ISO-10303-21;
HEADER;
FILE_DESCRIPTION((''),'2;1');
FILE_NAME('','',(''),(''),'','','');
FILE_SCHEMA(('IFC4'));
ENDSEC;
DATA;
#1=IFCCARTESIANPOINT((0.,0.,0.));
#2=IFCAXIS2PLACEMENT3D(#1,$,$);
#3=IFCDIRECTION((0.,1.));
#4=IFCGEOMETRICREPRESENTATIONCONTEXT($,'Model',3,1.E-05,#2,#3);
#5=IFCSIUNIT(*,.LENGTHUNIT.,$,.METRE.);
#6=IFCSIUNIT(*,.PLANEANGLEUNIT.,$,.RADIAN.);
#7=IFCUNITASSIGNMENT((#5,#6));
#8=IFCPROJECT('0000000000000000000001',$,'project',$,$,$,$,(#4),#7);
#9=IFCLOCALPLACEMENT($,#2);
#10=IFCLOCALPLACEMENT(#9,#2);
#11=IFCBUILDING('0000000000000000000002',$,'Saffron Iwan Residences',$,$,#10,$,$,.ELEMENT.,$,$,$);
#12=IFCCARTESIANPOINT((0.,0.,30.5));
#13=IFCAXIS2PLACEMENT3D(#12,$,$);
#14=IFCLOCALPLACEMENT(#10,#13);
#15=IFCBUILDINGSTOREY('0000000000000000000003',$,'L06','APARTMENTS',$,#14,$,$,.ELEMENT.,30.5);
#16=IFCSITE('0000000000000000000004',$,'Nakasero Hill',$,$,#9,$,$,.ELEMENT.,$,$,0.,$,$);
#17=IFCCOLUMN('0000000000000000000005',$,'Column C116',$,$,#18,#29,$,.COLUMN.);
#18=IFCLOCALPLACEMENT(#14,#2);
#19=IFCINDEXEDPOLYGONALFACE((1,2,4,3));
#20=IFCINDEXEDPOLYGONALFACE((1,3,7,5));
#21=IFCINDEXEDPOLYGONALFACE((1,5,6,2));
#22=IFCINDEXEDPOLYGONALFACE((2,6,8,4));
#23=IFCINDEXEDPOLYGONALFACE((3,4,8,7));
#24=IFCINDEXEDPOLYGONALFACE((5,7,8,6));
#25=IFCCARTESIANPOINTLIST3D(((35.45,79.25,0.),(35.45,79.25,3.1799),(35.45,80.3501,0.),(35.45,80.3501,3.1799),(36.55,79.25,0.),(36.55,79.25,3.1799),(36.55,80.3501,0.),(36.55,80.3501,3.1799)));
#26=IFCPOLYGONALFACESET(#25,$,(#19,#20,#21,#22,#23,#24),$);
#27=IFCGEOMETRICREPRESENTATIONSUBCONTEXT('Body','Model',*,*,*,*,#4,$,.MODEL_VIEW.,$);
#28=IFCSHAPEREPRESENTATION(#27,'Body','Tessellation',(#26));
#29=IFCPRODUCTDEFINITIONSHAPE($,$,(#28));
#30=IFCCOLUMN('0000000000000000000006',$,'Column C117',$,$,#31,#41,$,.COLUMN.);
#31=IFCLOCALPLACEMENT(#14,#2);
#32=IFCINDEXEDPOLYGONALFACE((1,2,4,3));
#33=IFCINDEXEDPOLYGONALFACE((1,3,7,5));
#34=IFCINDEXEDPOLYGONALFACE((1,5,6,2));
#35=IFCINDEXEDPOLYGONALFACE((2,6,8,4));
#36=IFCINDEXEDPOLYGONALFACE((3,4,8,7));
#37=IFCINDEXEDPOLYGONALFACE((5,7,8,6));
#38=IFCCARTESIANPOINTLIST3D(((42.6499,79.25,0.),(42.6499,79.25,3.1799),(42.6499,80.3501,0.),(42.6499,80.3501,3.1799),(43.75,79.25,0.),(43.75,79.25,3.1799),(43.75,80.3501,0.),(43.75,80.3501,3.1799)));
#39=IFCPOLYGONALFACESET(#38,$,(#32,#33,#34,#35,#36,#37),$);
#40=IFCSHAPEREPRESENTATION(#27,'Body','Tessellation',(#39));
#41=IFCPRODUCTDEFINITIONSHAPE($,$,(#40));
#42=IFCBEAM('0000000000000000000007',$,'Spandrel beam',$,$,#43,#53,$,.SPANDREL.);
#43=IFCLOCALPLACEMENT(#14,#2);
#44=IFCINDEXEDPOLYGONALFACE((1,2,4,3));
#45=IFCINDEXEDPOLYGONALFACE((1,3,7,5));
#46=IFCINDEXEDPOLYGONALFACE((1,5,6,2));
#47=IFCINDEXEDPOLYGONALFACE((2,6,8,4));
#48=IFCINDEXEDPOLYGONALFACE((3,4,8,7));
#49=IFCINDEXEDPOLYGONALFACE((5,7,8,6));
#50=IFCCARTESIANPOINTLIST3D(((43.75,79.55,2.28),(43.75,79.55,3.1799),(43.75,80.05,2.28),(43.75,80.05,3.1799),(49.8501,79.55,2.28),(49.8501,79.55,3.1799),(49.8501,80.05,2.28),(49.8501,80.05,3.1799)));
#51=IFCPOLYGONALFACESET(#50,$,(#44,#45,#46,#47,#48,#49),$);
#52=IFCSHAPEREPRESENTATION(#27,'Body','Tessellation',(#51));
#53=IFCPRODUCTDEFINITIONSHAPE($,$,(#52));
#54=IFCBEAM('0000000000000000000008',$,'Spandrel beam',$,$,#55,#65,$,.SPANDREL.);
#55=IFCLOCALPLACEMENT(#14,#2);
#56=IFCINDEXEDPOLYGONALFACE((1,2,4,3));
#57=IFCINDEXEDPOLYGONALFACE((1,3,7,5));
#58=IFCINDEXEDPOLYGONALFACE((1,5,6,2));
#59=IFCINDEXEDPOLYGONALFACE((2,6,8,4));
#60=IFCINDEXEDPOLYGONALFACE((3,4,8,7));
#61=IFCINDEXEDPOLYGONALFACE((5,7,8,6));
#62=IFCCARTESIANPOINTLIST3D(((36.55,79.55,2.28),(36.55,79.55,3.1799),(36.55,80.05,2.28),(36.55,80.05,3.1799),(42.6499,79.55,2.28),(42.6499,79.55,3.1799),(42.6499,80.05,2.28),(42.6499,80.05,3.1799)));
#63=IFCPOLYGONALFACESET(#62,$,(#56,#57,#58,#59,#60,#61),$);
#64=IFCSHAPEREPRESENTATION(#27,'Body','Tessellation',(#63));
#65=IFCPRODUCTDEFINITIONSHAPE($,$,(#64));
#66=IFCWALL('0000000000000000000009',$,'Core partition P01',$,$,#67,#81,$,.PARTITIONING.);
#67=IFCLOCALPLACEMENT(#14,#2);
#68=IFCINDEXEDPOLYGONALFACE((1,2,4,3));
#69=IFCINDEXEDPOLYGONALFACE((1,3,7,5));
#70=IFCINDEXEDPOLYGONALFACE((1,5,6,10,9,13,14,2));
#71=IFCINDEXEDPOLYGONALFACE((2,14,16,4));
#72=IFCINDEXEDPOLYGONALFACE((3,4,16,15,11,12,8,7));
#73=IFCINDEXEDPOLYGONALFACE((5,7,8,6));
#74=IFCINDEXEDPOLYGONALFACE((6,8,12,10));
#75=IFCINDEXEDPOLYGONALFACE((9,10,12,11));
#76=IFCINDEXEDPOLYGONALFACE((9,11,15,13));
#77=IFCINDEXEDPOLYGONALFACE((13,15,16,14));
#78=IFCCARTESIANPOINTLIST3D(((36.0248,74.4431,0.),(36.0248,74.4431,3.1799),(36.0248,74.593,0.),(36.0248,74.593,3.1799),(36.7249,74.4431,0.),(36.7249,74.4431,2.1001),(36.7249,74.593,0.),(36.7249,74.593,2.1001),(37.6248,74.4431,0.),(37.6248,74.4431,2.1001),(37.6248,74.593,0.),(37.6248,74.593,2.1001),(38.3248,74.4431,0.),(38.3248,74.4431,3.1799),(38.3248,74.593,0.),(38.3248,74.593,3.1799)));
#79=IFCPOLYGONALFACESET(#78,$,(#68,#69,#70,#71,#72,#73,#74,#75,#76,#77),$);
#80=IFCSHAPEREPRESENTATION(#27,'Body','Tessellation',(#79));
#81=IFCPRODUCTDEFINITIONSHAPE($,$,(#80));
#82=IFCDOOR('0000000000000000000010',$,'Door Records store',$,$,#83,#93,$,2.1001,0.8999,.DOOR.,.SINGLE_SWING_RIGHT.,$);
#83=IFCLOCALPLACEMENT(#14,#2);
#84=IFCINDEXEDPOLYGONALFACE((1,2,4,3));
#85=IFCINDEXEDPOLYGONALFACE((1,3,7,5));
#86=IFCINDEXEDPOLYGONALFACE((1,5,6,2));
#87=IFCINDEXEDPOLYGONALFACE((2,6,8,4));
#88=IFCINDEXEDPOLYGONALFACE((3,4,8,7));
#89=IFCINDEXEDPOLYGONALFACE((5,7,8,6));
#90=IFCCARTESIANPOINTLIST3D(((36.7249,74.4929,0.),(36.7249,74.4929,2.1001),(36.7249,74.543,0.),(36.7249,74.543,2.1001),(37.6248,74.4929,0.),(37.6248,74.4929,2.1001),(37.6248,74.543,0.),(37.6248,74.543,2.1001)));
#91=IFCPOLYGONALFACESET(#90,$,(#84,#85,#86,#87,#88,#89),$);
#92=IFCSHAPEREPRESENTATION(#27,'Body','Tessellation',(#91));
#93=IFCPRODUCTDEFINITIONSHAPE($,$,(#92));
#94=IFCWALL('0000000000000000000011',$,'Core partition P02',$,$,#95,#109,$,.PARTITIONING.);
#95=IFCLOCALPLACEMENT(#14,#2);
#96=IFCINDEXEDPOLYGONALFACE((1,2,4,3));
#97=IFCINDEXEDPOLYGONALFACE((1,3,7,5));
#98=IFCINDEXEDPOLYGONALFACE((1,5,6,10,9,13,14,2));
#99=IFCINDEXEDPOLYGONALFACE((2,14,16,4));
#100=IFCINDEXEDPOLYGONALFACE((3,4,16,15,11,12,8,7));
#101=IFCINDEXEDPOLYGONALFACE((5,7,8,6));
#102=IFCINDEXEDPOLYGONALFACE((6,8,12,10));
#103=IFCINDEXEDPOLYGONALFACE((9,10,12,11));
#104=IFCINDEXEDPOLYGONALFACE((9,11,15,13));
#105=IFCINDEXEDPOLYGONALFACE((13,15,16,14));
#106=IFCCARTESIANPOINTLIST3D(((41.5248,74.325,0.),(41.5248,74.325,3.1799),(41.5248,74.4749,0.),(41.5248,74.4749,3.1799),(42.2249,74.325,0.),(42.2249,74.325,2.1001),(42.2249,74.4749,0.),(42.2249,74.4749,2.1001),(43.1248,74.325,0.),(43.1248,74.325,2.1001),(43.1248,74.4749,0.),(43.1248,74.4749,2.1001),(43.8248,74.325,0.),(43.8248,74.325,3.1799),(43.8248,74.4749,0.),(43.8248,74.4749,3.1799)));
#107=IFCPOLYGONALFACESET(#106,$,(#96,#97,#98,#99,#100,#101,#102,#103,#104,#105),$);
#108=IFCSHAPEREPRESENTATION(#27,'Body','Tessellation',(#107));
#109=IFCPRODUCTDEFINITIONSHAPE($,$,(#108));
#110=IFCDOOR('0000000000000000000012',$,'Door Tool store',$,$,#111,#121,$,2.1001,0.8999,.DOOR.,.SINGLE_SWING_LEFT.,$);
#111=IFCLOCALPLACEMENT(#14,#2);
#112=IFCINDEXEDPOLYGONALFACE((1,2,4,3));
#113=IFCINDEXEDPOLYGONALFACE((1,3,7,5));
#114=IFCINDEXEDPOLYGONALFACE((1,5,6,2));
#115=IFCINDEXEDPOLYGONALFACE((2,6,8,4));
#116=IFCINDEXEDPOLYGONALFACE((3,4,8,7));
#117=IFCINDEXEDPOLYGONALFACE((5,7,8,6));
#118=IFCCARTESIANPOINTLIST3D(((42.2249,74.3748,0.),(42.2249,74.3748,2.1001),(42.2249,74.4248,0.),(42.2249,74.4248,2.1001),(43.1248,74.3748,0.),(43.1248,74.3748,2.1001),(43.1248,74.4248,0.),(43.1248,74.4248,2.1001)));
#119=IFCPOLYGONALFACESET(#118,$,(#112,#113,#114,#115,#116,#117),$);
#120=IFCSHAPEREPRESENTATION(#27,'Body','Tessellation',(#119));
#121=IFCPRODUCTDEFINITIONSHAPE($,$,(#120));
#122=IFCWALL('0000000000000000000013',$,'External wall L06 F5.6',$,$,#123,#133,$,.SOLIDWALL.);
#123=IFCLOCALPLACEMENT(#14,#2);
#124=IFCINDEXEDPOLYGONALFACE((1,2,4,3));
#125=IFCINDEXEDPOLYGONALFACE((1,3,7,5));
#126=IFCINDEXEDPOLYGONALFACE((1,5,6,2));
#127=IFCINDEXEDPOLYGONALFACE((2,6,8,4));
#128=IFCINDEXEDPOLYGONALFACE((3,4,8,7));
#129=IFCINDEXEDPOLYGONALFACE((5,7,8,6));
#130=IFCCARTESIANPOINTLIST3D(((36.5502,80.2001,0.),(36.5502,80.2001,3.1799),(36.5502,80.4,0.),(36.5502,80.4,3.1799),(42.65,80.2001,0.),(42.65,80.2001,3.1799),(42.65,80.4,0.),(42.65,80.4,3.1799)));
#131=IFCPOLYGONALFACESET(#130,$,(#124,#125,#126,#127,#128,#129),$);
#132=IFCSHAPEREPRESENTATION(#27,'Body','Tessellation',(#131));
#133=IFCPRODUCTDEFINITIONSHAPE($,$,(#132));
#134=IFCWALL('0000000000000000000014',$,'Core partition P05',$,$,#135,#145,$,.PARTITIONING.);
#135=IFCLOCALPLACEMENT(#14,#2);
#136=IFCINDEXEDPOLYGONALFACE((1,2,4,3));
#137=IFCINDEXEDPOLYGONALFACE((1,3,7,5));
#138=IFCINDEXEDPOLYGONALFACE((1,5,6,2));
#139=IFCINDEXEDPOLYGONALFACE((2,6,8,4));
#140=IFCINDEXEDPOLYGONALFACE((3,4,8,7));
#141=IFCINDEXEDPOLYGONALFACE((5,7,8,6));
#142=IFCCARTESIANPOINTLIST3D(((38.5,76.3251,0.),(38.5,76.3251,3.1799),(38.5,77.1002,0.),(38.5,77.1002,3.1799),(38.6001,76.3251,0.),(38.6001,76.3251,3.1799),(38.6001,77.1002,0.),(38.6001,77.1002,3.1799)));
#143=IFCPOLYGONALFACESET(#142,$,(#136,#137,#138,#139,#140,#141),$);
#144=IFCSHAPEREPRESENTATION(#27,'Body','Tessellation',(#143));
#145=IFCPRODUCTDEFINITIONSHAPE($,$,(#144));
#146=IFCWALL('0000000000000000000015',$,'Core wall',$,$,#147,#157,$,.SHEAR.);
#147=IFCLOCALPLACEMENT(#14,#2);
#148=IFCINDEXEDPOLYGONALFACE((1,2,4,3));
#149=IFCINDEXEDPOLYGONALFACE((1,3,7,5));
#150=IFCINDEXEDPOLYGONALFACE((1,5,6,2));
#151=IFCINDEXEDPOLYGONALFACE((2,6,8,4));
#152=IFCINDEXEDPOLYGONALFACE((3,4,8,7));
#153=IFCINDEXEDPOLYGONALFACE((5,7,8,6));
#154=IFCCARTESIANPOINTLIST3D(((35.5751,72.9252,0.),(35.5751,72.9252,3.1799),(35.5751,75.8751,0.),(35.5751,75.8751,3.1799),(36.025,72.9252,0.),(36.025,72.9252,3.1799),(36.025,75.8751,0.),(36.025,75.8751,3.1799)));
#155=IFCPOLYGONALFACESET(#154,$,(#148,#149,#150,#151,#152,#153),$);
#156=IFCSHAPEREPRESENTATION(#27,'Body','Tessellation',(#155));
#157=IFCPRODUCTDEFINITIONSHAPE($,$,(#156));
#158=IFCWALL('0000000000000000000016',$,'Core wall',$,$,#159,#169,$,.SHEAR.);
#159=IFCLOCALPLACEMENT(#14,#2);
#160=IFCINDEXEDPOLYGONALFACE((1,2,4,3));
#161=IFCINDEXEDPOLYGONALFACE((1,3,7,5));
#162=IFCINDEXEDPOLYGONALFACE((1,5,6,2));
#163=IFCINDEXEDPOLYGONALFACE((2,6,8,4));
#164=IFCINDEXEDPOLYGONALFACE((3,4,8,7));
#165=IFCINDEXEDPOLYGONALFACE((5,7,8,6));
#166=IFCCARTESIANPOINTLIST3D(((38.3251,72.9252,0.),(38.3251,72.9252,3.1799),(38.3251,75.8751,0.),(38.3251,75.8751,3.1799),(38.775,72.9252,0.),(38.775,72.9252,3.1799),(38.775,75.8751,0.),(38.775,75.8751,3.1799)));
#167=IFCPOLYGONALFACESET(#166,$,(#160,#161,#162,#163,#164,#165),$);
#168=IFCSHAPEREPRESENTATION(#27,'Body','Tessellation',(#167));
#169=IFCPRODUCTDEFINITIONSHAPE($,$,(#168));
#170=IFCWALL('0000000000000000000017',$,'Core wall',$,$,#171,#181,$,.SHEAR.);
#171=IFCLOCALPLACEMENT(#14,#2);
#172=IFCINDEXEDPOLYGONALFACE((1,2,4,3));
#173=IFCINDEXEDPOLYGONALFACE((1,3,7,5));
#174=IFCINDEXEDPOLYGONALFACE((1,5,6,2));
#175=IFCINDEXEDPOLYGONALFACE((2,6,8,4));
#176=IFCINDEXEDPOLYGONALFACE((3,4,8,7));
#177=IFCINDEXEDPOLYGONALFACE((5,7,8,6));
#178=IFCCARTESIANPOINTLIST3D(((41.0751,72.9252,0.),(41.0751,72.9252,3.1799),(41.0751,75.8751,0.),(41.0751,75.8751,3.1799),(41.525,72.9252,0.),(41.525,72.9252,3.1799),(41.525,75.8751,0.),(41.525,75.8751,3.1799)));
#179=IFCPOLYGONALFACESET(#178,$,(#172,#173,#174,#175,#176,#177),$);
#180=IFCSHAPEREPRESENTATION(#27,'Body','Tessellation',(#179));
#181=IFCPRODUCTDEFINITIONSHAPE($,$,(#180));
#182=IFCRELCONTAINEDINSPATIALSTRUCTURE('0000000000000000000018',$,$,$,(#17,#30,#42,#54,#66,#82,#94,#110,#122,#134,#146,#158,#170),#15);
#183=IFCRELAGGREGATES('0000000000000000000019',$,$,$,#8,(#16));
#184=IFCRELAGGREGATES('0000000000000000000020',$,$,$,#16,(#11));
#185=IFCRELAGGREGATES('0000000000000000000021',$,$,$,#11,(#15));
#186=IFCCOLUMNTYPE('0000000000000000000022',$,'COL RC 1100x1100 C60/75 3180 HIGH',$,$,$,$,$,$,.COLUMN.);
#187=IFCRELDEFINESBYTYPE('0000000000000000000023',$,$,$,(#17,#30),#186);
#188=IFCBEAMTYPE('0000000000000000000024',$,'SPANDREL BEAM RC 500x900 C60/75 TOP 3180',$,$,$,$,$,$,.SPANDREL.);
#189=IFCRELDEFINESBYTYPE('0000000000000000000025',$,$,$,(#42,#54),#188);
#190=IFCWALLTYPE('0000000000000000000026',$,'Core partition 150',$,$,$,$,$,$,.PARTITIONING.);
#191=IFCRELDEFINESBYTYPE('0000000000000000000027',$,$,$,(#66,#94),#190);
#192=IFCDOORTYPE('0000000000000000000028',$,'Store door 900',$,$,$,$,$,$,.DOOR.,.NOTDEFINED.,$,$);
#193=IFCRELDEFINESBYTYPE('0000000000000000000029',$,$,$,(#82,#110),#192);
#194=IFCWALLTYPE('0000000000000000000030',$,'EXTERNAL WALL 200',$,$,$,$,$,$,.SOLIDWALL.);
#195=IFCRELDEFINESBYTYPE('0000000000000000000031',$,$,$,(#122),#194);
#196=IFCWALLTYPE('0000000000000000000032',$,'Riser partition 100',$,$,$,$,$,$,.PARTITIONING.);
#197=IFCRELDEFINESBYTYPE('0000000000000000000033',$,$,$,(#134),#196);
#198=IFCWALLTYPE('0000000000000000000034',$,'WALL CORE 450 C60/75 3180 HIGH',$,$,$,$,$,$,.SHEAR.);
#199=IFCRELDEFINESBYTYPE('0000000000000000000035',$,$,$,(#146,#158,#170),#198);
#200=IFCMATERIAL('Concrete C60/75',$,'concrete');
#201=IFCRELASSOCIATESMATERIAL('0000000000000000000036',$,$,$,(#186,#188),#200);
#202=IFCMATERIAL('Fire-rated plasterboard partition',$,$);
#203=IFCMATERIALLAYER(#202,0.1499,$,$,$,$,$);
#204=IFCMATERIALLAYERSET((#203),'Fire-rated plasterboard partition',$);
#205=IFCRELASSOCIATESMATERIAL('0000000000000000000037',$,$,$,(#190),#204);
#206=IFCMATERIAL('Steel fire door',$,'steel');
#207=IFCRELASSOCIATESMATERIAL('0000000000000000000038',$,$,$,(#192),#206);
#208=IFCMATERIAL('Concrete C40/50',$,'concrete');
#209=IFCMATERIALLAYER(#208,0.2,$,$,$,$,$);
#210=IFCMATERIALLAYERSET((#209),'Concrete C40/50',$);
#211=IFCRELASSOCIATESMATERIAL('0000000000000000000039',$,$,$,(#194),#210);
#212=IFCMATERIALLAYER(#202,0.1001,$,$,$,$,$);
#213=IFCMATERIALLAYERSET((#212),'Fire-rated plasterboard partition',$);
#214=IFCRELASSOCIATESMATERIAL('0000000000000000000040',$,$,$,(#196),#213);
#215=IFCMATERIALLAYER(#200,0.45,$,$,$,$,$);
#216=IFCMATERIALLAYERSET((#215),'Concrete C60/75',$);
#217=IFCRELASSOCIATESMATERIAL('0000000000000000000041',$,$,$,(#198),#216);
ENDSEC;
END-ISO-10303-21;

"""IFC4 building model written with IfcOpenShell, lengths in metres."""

from ifc_helpers import new_model, si_unit, direction, frame, frame_2d, origin, origin_2d, place, context, subcontext, project, spatial, rectangle, extrude, source, transform, mapped, material, layer, layer_set, material_profile, profile_set, type_object, element, fill, save


model = new_model("IFC4")

# Units and contexts
model_context = context("Model", 3, precision=1e-05, world=origin(), true_north=direction((0.0, 1.0)))
body_context = subcontext(model_context, "Body", "Model", "MODEL_VIEW")
ifc_project = project(units=[si_unit("LENGTHUNIT", "METRE"), si_unit("PLANEANGLEUNIT", "RADIAN")], contexts=[model_context])

# Site, building, storey
site_placement = place(None, origin())
site = spatial("IfcSite", under=ifc_project, at=site_placement, Name="Nakasero Hill", CompositionType="ELEMENT", RefElevation=0.0)
building_placement = place(site_placement, origin())
building = spatial("IfcBuilding", under=site, at=building_placement, Name="Saffron Iwan Residences", CompositionType="ELEMENT")
storey_placement = place(building_placement, frame((0.0, 0.0, 30.5)))
storey = spatial("IfcBuildingStorey", under=building, at=storey_placement, Name="L06", Description="APARTMENTS", CompositionType="ELEMENT", Elevation=30.5)

# Columns
ifc_material_1 = material(Name="Concrete C60/75", Category="concrete")
ifc_material_profile_1 = material_profile(ifc_material_1, rectangle(XDim=1.1001, YDim=1.1001, at=origin_2d()), Name="RC 1100x1100")
ifc_profile_set_1 = profile_set([ifc_material_profile_1], Name="Concrete C60/75")
column_type = type_object("IfcColumnType", Name="COL RC 1100x1100 C60/75 3180 HIGH", PredefinedType="COLUMN", material=ifc_profile_set_1)
shared_shape_1 = source(origin(), body_context, "Body", "SweptSolid", [
    extrude(rectangle(XDim=1.1001, YDim=1.1001, at=origin_2d()), origin(), (0.0, 0.0, 1.0), 3.1799),
])
for number, where, z_axis, x_axis, name in (
    (1, (36.0, 79.8, 0.0), (0.0, 0.0, 1.0), (1.0, 0.0, 0.0), "Column C116"),
    (2, (43.2, 79.8, 0.0), (0.0, 0.0, 1.0), (1.0, 0.0, 0.0), "Column C117"),
):
    element("IfcColumn", number, at=place(storey_placement, frame(where, z_axis=z_axis, x_axis=x_axis)), inside=storey, type_object=column_type, Name=name, PredefinedType="COLUMN", context=body_context, shape_type="MappedRepresentation", body=[
        mapped(shared_shape_1, transform((0.0, 0.0, 0.0))),
    ])

# Beams
ifc_material_profile_2 = material_profile(ifc_material_1, rectangle(XDim=0.5, YDim=0.8999, at=origin_2d()), Name="RC 500x900")
ifc_profile_set_2 = profile_set([ifc_material_profile_2], Name="Concrete C60/75")
beam_type = type_object("IfcBeamType", Name="SPANDREL BEAM RC 500x900 C60/75 TOP 3180", PredefinedType="SPANDREL", material=ifc_profile_set_2)
shared_shape_2 = source(origin(), body_context, "Body", "SweptSolid", [
    extrude(rectangle(XDim=0.5, YDim=0.8999, at=origin_2d()), origin(), (0.0, 0.0, 1.0), 6.1001),
])
beam_1_placement = place(storey_placement, frame((43.75, 79.8, 2.73), z_axis=(1.0, 0.0, 0.0), x_axis=(0.0, 1.0, 0.0)))
element("IfcBeam", 3, at=beam_1_placement, inside=storey, type_object=beam_type, Name="Spandrel beam", PredefinedType="SPANDREL", context=body_context, shape_type="MappedRepresentation", body=[
    mapped(shared_shape_2, transform((0.0, 0.0, 0.0))),
])
shared_shape_3 = source(origin(), body_context, "Body", "SweptSolid", [
    extrude(rectangle(XDim=0.5, YDim=0.8999, at=origin_2d()), origin(), (0.0, 0.0, 1.0), 6.0999),
])
beam_2_placement = place(storey_placement, frame((36.55, 79.8, 2.73), z_axis=(1.0, 0.0, 0.0), x_axis=(0.0, 1.0, 0.0)))
element("IfcBeam", 4, at=beam_2_placement, inside=storey, type_object=beam_type, Name="Spandrel beam", PredefinedType="SPANDREL", context=body_context, shape_type="MappedRepresentation", body=[
    mapped(shared_shape_3, transform((0.0, 0.0, 0.0))),
])

# Walls, openings, doors
ifc_material_2 = material(Name="Fire-rated plasterboard partition")
ifc_layer_1 = layer(ifc_material_2, 0.1499)
ifc_layer_set_1 = layer_set([ifc_layer_1], Name="Fire-rated plasterboard partition")
wall_type_1 = type_object("IfcWallType", Name="Core partition 150", PredefinedType="PARTITIONING", material=ifc_layer_set_1)
wall_1_placement = place(storey_placement, frame((36.0249, 74.5181, 0.0), z_axis=(0.0, 0.0, 1.0), x_axis=(1.0, 0.0, 0.0)))
wall_1 = element("IfcWall", 5, at=wall_1_placement, inside=storey, type_object=wall_type_1, Name="Core partition P01", PredefinedType="PARTITIONING", context=body_context, shape_type="SweptSolid", body=[
    extrude(rectangle(XDim=2.3, YDim=0.1499, at=frame_2d((1.1499, 0.0))), origin(), (0.0, 0.0, 1.0), 3.1799),
])
opening_1_placement = place(wall_1_placement, frame((0.7, 0.0, 0.0)))
opening_1 = element("IfcOpeningElement", 6, at=opening_1_placement, cuts=wall_1, PredefinedType="OPENING", context=body_context, shape_type="SweptSolid", body=[
    extrude(rectangle(XDim=0.8999, YDim=2.1001, at=frame_2d((0.45, 1.05))), frame((0.0, 0.085, 0.0), z_axis=(0.0, -1.0, 0.0), x_axis=(1.0, 0.0, 0.0)), (0.0, 0.0, 1.0), 0.1699),
])
ifc_material_3 = material(Name="Steel fire door", Category="steel")
door_type = type_object("IfcDoorType", Name="Store door 900", OperationType="NOTDEFINED", PredefinedType="DOOR", material=ifc_material_3)
door_1_placement = place(opening_1_placement, origin())
door_1 = element("IfcDoor", 7, at=door_1_placement, inside=storey, type_object=door_type, Name="Door Records store", OperationType="SINGLE_SWING_RIGHT", OverallHeight=2.1001, OverallWidth=0.8999, PredefinedType="DOOR", context=body_context, shape_type="SweptSolid", body=[
    extrude(rectangle(XDim=0.8999, YDim=2.1001, at=frame_2d((0.45, 1.05))), frame((0.0, 0.0249, 0.0), z_axis=(0.0, -1.0, 0.0), x_axis=(1.0, 0.0, 0.0)), (0.0, 0.0, 1.0), 0.05),
])
fill(opening_1, door_1)
wall_2_placement = place(storey_placement, frame((41.5249, 74.3999, 0.0), z_axis=(0.0, 0.0, 1.0), x_axis=(1.0, 0.0, 0.0)))
wall_2 = element("IfcWall", 8, at=wall_2_placement, inside=storey, type_object=wall_type_1, Name="Core partition P02", PredefinedType="PARTITIONING", context=body_context, shape_type="SweptSolid", body=[
    extrude(rectangle(XDim=2.3, YDim=0.1499, at=frame_2d((1.1499, 0.0))), origin(), (0.0, 0.0, 1.0), 3.1799),
])
opening_2_placement = place(wall_2_placement, frame((0.7, 0.0, 0.0)))
opening_2 = element("IfcOpeningElement", 9, at=opening_2_placement, cuts=wall_2, PredefinedType="OPENING", context=body_context, shape_type="SweptSolid", body=[
    extrude(rectangle(XDim=0.8999, YDim=2.1001, at=frame_2d((0.45, 1.05))), frame((0.0, 0.085, 0.0), z_axis=(0.0, -1.0, 0.0), x_axis=(1.0, 0.0, 0.0)), (0.0, 0.0, 1.0), 0.1699),
])
door_2_placement = place(opening_2_placement, origin())
door_2 = element("IfcDoor", 10, at=door_2_placement, inside=storey, type_object=door_type, Name="Door Tool store", OperationType="SINGLE_SWING_LEFT", OverallHeight=2.1001, OverallWidth=0.8999, PredefinedType="DOOR", context=body_context, shape_type="SweptSolid", body=[
    extrude(rectangle(XDim=0.8999, YDim=2.1001, at=frame_2d((0.45, 1.05))), frame((0.0, 0.0249, 0.0), z_axis=(0.0, -1.0, 0.0), x_axis=(1.0, 0.0, 0.0)), (0.0, 0.0, 1.0), 0.05),
])
fill(opening_2, door_2)

# Walls
ifc_material_4 = material(Name="Concrete C40/50", Category="concrete")
ifc_layer_2 = layer(ifc_material_4, 0.2)
ifc_layer_set_2 = layer_set([ifc_layer_2], Name="Concrete C40/50")
wall_type_2 = type_object("IfcWallType", Name="EXTERNAL WALL 200", PredefinedType="SOLIDWALL", material=ifc_layer_set_2)
wall_3_placement = place(storey_placement, frame((42.6499, 80.3, 0.0), z_axis=(0.0, 0.0, 1.0), x_axis=(-1.0, 0.0, 0.0)))
element("IfcWall", 11, at=wall_3_placement, inside=storey, type_object=wall_type_2, Name="External wall L06 F5.6", PredefinedType="SOLIDWALL", context=body_context, shape_type="SweptSolid", body=[
    extrude(rectangle(XDim=6.0999, YDim=0.2, at=frame_2d((3.0498, 0.0))), origin(), (0.0, 0.0, 1.0), 3.1799),
])
ifc_layer_3 = layer(ifc_material_2, 0.1001)
ifc_layer_set_3 = layer_set([ifc_layer_3], Name="Fire-rated plasterboard partition")
wall_type_3 = type_object("IfcWallType", Name="Riser partition 100", PredefinedType="PARTITIONING", material=ifc_layer_set_3)
wall_4_placement = place(storey_placement, frame((38.55, 76.325, 0.0), z_axis=(0.0, 0.0, 1.0), x_axis=(0.0, 1.0, 0.0)))
element("IfcWall", 12, at=wall_4_placement, inside=storey, type_object=wall_type_3, Name="Core partition P05", PredefinedType="PARTITIONING", context=body_context, shape_type="SweptSolid", body=[
    extrude(rectangle(XDim=0.7751, YDim=0.1001, at=frame_2d((0.3877, 0.0))), origin(), (0.0, 0.0, 1.0), 3.1799),
])
ifc_layer_4 = layer(ifc_material_1, 0.45)
ifc_layer_set_4 = layer_set([ifc_layer_4], Name="Concrete C60/75")
wall_type_4 = type_object("IfcWallType", Name="WALL CORE 450 C60/75 3180 HIGH", PredefinedType="SHEAR", material=ifc_layer_set_4)
for number, where, z_axis, x_axis, name in (
    (13, (35.8, 72.925, 0.0), (0.0, 0.0, 1.0), (0.0, 1.0, 0.0), "Core wall"),
    (14, (38.55, 72.925, 0.0), (0.0, 0.0, 1.0), (0.0, 1.0, 0.0), "Core wall"),
    (15, (41.3, 72.925, 0.0), (0.0, 0.0, 1.0), (0.0, 1.0, 0.0), "Core wall"),
):
    element("IfcWall", number, at=place(storey_placement, frame(where, z_axis=z_axis, x_axis=x_axis)), inside=storey, type_object=wall_type_4, Name=name, PredefinedType="SHEAR", context=body_context, shape_type="SweptSolid", body=[
        extrude(rectangle(XDim=2.95, YDim=0.45, at=frame_2d((1.4751, 0.0))), origin(), (0.0, 0.0, 1.0), 3.1799),
    ])

save(model, "model.ifc")
